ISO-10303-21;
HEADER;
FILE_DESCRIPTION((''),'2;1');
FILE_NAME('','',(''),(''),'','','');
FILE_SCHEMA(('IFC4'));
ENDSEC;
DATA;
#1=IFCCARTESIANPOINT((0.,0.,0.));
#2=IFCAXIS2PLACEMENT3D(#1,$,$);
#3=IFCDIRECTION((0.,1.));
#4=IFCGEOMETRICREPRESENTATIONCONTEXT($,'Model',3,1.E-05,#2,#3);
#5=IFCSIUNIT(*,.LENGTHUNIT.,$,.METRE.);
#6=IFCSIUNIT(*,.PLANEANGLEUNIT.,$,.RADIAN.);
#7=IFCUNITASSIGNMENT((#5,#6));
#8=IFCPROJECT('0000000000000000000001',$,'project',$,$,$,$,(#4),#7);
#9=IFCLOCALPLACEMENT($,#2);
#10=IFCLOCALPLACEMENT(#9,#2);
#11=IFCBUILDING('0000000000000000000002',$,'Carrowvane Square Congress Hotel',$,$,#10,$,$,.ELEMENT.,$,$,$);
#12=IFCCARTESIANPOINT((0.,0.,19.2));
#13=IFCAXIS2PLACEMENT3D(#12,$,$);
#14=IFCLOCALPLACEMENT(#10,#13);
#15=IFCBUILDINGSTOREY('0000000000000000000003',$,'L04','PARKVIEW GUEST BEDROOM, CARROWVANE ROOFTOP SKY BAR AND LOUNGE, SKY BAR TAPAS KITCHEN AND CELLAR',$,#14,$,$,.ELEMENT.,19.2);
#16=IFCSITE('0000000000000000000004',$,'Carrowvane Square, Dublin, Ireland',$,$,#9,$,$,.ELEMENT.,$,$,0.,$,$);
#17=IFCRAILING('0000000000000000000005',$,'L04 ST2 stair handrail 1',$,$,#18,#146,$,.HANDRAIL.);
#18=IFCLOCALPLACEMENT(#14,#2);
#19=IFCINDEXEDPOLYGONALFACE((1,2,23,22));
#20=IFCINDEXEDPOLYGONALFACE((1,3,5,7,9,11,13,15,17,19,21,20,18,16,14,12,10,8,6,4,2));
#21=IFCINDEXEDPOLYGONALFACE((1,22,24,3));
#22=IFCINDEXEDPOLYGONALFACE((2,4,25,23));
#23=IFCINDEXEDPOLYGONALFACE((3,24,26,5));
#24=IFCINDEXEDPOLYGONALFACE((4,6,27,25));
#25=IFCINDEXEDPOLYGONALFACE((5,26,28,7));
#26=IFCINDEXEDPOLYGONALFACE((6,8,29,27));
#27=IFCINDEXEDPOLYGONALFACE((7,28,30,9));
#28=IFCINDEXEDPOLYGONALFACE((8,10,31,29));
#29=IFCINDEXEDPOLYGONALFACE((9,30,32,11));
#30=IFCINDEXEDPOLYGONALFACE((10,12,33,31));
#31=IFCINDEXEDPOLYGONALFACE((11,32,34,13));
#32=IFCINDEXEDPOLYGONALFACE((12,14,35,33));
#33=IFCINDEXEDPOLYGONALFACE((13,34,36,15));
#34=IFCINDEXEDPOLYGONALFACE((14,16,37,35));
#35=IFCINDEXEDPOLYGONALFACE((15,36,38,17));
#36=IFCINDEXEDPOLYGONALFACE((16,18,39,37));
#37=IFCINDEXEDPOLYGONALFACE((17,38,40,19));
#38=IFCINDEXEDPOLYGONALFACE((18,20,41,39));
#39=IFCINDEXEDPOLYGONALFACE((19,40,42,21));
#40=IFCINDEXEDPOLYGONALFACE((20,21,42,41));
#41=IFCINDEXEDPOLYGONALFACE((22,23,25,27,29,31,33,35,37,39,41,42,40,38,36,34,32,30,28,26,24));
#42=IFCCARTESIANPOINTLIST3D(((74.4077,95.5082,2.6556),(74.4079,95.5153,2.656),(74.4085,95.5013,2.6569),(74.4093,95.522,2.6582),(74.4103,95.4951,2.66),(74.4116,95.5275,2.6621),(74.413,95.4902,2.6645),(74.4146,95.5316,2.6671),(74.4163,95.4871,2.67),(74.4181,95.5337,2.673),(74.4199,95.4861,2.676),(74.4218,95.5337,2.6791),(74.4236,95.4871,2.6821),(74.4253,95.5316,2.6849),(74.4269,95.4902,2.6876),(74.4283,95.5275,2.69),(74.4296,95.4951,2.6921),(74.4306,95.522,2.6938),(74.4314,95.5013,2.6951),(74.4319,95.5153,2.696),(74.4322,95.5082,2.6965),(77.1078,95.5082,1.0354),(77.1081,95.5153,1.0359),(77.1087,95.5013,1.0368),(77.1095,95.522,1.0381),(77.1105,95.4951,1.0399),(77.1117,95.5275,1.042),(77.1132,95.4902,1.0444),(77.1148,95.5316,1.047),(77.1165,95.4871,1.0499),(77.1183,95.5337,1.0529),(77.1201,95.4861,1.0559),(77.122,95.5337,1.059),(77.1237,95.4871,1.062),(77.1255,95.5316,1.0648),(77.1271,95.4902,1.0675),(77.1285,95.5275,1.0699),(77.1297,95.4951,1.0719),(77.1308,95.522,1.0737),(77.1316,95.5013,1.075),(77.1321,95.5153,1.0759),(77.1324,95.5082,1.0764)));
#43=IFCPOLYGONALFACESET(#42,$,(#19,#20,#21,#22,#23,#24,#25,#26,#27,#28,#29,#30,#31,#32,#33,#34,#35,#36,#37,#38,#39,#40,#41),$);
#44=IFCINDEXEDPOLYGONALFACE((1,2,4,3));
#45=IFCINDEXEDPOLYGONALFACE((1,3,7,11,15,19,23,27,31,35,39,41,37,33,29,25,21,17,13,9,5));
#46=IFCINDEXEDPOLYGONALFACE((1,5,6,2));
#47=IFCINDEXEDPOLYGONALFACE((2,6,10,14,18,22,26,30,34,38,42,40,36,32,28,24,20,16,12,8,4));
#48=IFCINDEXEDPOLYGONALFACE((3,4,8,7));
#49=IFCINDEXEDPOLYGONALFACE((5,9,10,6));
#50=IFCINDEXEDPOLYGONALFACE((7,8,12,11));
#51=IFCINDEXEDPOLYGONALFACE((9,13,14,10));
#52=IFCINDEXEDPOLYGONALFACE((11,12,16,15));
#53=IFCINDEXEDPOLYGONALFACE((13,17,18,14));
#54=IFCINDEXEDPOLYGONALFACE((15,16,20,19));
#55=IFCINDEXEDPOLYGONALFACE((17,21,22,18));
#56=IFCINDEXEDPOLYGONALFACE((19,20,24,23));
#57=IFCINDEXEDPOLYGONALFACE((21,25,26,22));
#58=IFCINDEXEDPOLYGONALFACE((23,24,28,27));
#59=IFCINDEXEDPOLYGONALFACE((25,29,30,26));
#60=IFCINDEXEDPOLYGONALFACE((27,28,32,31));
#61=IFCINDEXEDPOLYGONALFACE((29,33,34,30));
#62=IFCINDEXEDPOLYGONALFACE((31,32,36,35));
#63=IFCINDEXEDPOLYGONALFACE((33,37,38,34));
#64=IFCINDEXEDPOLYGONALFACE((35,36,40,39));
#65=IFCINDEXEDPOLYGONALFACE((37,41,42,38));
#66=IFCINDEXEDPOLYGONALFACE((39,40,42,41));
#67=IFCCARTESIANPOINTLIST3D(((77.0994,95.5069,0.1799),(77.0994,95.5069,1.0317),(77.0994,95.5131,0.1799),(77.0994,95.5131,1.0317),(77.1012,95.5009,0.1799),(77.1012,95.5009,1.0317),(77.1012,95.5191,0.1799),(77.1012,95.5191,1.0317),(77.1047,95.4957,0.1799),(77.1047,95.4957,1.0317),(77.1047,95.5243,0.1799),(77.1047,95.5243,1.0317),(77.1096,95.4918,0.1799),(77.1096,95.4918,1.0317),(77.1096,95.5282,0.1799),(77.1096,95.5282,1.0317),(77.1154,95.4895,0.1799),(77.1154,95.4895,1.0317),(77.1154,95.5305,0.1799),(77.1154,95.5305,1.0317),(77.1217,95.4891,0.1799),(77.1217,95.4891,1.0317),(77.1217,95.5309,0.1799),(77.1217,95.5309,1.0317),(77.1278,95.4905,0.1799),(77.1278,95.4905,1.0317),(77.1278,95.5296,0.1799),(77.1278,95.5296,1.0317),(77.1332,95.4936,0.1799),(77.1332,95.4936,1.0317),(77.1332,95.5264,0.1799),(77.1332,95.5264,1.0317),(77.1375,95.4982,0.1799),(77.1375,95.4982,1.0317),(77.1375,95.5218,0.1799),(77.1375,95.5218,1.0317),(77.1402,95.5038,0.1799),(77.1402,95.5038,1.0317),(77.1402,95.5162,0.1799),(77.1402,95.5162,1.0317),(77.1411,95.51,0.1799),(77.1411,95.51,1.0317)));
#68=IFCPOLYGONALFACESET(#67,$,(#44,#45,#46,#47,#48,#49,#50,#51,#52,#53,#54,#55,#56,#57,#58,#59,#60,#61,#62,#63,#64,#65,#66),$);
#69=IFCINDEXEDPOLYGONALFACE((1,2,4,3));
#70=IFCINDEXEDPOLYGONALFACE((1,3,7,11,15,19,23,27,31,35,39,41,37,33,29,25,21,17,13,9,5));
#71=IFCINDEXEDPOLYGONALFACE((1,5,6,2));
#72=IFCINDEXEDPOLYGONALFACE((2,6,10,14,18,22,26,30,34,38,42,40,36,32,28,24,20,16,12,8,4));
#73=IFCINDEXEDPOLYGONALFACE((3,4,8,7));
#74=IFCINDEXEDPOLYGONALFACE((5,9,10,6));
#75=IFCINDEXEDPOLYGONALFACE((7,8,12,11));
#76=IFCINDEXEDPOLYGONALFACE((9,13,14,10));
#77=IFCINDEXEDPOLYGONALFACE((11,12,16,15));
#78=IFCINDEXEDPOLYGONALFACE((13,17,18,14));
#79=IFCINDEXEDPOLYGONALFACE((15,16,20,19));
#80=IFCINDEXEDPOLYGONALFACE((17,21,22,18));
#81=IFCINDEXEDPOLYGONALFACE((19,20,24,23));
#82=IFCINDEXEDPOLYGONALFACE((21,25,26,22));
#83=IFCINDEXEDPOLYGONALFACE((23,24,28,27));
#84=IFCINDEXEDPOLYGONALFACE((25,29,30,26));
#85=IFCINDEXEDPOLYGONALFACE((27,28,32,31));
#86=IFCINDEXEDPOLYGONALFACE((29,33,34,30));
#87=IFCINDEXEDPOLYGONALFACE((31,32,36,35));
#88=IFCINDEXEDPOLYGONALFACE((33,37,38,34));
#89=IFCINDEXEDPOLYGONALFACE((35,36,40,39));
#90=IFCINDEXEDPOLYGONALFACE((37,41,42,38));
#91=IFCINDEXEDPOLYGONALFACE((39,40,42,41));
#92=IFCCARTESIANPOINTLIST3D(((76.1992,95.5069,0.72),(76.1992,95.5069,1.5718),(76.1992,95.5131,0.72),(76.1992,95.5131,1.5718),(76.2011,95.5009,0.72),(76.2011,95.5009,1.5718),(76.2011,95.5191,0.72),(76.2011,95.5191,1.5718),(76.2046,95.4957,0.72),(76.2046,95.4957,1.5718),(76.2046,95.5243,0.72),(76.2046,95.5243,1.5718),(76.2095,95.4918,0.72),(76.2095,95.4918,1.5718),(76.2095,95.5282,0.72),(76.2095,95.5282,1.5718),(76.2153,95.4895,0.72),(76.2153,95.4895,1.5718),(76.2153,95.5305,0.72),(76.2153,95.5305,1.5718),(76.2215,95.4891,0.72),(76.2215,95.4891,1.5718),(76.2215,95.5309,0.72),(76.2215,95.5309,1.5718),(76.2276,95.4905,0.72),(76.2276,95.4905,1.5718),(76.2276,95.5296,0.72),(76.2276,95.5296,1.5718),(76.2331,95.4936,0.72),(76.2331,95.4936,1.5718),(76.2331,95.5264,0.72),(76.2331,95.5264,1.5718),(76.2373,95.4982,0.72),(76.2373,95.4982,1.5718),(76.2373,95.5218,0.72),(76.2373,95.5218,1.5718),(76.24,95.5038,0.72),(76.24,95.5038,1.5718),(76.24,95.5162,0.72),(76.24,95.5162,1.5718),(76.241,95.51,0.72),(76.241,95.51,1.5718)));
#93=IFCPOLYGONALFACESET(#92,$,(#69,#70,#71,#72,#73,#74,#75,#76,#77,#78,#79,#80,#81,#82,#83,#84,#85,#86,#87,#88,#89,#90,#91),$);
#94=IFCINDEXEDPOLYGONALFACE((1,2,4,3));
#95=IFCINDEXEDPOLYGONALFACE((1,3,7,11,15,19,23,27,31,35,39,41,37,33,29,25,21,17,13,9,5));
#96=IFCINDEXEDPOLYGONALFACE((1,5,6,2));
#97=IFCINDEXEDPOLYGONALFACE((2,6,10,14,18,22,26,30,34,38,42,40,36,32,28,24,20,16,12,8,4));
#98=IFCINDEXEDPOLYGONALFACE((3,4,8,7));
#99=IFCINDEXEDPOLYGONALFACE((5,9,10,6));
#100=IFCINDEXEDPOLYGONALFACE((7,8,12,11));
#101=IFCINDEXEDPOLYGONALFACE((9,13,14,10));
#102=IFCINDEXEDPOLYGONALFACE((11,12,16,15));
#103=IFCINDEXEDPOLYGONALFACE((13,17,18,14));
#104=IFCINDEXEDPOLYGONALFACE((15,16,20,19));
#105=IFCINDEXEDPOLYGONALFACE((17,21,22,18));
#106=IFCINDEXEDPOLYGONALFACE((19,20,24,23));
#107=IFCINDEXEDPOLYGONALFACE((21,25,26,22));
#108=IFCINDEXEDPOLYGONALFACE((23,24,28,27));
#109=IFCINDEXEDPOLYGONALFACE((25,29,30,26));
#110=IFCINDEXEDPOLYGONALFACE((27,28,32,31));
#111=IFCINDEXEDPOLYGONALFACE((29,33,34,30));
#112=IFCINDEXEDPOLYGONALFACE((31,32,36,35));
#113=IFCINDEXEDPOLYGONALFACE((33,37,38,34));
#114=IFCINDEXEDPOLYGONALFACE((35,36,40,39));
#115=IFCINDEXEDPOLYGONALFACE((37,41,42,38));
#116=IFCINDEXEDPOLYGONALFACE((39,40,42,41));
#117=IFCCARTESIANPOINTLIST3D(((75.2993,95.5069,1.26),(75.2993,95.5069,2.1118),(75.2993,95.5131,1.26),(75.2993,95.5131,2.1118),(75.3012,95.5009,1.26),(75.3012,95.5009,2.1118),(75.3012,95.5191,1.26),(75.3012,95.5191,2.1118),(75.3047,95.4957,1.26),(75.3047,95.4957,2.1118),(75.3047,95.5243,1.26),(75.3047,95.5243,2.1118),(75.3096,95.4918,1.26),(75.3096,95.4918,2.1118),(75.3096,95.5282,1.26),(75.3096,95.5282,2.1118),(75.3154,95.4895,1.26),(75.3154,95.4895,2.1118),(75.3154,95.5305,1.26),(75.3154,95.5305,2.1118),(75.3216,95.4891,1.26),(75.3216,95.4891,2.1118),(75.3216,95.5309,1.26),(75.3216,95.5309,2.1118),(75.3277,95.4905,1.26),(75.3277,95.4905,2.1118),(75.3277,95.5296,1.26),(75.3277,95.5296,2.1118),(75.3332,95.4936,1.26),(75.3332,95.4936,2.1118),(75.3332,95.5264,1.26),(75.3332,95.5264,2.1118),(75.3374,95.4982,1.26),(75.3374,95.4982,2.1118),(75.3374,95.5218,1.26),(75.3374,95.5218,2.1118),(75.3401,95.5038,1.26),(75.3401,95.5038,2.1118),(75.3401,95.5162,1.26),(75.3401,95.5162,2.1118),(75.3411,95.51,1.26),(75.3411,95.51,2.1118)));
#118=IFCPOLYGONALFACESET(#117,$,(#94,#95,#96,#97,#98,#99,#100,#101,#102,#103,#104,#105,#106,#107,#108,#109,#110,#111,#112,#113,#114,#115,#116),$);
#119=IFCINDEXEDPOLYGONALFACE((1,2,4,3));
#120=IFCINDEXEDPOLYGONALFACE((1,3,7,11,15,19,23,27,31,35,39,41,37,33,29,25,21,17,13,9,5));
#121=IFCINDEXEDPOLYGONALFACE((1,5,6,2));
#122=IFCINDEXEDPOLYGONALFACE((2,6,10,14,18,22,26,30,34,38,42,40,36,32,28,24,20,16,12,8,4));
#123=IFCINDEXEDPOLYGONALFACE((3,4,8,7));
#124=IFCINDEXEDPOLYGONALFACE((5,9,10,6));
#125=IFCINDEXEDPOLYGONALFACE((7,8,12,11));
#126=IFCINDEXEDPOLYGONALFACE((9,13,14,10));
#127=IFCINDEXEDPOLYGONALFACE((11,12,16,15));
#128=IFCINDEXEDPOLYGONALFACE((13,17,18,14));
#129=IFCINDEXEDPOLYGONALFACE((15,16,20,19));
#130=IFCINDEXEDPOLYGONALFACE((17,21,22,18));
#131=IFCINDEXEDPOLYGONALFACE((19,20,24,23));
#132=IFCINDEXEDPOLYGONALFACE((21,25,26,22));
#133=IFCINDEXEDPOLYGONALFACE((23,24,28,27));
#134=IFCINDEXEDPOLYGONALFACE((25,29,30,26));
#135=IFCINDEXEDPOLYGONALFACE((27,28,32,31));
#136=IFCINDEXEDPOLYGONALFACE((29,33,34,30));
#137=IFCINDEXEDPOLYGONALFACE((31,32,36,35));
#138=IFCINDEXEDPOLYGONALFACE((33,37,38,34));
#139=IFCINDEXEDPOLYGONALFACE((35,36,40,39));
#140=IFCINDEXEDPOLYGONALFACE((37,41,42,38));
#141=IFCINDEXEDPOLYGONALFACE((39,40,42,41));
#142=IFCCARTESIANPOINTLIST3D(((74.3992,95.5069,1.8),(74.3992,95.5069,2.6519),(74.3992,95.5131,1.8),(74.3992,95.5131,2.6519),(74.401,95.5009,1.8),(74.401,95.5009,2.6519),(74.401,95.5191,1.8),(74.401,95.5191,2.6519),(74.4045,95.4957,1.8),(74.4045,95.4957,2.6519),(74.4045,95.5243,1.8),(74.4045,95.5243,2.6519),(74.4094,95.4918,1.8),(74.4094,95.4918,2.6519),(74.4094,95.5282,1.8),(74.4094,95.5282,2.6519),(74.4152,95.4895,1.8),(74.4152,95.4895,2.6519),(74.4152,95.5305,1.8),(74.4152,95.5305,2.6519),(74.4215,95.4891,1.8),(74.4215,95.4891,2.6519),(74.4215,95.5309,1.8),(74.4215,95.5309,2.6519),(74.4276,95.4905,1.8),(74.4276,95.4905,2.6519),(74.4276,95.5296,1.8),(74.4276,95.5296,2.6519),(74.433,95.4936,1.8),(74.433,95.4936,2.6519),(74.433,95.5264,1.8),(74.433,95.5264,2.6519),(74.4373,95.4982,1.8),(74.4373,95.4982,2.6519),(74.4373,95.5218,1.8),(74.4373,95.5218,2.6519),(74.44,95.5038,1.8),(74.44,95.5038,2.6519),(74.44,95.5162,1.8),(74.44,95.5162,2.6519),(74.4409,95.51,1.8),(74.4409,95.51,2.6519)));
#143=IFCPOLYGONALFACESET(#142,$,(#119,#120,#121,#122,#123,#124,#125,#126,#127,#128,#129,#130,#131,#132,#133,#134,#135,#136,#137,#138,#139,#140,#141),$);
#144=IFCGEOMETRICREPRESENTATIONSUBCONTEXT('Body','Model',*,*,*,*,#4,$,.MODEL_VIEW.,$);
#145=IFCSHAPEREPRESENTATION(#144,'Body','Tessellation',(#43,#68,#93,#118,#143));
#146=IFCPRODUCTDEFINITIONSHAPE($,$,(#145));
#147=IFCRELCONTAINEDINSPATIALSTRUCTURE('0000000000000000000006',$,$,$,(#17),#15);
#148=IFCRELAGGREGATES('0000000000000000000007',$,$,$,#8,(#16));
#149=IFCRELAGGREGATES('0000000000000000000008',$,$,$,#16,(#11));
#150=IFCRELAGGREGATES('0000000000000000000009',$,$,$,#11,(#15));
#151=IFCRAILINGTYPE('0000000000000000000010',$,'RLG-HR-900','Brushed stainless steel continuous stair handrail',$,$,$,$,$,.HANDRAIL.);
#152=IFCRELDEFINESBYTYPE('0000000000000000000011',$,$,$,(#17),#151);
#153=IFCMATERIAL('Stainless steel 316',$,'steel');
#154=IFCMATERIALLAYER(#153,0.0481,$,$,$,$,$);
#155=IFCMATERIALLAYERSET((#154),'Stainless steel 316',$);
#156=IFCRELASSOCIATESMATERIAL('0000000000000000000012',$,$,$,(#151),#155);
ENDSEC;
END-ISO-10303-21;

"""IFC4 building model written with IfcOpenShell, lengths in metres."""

from ifc_helpers import new_model, si_unit, direction, frame, origin, origin_2d, place, context, subcontext, project, spatial, circle, extrude, material, layer, layer_set, type_object, element, save


model = new_model("IFC4")

# Units and contexts
model_context = context("Model", 3, precision=1e-05, world=origin(), true_north=direction((0.0, 1.0)))
body_context = subcontext(model_context, "Body", "Model", "MODEL_VIEW")
ifc_project = project(units=[si_unit("LENGTHUNIT", "METRE"), si_unit("PLANEANGLEUNIT", "RADIAN")], contexts=[model_context])

# Site, building, storey
site_placement = place(None, origin())
site = spatial("IfcSite", under=ifc_project, at=site_placement, Name="Carrowvane Square, Dublin, Ireland", CompositionType="ELEMENT", RefElevation=0.0)
building_placement = place(site_placement, origin())
building = spatial("IfcBuilding", under=site, at=building_placement, Name="Carrowvane Square Congress Hotel", CompositionType="ELEMENT")
storey_placement = place(building_placement, frame((0.0, 0.0, 19.2)))
storey = spatial("IfcBuildingStorey", under=building, at=storey_placement, Name="L04", Description="PARKVIEW GUEST BEDROOM, CARROWVANE ROOFTOP SKY BAR AND LOUNGE, SKY BAR TAPAS KITCHEN AND CELLAR", CompositionType="ELEMENT", Elevation=19.2)

# Railing
ifc_material_1 = material(Name="Stainless steel 316", Category="steel")
ifc_layer_1 = layer(ifc_material_1, 0.0481)
ifc_layer_set_1 = layer_set([ifc_layer_1], Name="Stainless steel 316")
railing_type_1 = type_object("IfcRailingType", Name="RLG-HR-900", Description="Brushed stainless steel continuous stair handrail", PredefinedType="HANDRAIL", material=ifc_layer_set_1)
railing_1_placement = place(storey_placement, frame((77.1201, 95.51, 0.1799)))
element("IfcRailing", 1, at=railing_1_placement, inside=storey, type_object=railing_type_1, Name="L04 ST2 stair handrail 1", PredefinedType="HANDRAIL", context=body_context, shape_type="SweptSolid", body=[
    extrude(circle(Radius=0.0239, at=origin_2d()), frame((0.0, 0.0, 0.876), z_axis=(-0.857493, 0.0, 0.514496), x_axis=(0.0, -1.0, 0.0)), (0.0, 0.0, 1.0), 3.1489),
    extrude(circle(Radius=0.021, at=origin_2d()), origin(), (0.0, 0.0, 1.0), 0.8518),
    extrude(circle(Radius=0.021, at=origin_2d()), frame((-0.9001, 0.0, 0.54)), (0.0, 0.0, 1.0), 0.8518),
    extrude(circle(Radius=0.021, at=origin_2d()), frame((-1.8, 0.0, 1.0801)), (0.0, 0.0, 1.0), 0.8518),
    extrude(circle(Radius=0.021, at=origin_2d()), frame((-2.7002, 0.0, 1.6201)), (0.0, 0.0, 1.0), 0.8518),
])

save(model, "model.ifc")
